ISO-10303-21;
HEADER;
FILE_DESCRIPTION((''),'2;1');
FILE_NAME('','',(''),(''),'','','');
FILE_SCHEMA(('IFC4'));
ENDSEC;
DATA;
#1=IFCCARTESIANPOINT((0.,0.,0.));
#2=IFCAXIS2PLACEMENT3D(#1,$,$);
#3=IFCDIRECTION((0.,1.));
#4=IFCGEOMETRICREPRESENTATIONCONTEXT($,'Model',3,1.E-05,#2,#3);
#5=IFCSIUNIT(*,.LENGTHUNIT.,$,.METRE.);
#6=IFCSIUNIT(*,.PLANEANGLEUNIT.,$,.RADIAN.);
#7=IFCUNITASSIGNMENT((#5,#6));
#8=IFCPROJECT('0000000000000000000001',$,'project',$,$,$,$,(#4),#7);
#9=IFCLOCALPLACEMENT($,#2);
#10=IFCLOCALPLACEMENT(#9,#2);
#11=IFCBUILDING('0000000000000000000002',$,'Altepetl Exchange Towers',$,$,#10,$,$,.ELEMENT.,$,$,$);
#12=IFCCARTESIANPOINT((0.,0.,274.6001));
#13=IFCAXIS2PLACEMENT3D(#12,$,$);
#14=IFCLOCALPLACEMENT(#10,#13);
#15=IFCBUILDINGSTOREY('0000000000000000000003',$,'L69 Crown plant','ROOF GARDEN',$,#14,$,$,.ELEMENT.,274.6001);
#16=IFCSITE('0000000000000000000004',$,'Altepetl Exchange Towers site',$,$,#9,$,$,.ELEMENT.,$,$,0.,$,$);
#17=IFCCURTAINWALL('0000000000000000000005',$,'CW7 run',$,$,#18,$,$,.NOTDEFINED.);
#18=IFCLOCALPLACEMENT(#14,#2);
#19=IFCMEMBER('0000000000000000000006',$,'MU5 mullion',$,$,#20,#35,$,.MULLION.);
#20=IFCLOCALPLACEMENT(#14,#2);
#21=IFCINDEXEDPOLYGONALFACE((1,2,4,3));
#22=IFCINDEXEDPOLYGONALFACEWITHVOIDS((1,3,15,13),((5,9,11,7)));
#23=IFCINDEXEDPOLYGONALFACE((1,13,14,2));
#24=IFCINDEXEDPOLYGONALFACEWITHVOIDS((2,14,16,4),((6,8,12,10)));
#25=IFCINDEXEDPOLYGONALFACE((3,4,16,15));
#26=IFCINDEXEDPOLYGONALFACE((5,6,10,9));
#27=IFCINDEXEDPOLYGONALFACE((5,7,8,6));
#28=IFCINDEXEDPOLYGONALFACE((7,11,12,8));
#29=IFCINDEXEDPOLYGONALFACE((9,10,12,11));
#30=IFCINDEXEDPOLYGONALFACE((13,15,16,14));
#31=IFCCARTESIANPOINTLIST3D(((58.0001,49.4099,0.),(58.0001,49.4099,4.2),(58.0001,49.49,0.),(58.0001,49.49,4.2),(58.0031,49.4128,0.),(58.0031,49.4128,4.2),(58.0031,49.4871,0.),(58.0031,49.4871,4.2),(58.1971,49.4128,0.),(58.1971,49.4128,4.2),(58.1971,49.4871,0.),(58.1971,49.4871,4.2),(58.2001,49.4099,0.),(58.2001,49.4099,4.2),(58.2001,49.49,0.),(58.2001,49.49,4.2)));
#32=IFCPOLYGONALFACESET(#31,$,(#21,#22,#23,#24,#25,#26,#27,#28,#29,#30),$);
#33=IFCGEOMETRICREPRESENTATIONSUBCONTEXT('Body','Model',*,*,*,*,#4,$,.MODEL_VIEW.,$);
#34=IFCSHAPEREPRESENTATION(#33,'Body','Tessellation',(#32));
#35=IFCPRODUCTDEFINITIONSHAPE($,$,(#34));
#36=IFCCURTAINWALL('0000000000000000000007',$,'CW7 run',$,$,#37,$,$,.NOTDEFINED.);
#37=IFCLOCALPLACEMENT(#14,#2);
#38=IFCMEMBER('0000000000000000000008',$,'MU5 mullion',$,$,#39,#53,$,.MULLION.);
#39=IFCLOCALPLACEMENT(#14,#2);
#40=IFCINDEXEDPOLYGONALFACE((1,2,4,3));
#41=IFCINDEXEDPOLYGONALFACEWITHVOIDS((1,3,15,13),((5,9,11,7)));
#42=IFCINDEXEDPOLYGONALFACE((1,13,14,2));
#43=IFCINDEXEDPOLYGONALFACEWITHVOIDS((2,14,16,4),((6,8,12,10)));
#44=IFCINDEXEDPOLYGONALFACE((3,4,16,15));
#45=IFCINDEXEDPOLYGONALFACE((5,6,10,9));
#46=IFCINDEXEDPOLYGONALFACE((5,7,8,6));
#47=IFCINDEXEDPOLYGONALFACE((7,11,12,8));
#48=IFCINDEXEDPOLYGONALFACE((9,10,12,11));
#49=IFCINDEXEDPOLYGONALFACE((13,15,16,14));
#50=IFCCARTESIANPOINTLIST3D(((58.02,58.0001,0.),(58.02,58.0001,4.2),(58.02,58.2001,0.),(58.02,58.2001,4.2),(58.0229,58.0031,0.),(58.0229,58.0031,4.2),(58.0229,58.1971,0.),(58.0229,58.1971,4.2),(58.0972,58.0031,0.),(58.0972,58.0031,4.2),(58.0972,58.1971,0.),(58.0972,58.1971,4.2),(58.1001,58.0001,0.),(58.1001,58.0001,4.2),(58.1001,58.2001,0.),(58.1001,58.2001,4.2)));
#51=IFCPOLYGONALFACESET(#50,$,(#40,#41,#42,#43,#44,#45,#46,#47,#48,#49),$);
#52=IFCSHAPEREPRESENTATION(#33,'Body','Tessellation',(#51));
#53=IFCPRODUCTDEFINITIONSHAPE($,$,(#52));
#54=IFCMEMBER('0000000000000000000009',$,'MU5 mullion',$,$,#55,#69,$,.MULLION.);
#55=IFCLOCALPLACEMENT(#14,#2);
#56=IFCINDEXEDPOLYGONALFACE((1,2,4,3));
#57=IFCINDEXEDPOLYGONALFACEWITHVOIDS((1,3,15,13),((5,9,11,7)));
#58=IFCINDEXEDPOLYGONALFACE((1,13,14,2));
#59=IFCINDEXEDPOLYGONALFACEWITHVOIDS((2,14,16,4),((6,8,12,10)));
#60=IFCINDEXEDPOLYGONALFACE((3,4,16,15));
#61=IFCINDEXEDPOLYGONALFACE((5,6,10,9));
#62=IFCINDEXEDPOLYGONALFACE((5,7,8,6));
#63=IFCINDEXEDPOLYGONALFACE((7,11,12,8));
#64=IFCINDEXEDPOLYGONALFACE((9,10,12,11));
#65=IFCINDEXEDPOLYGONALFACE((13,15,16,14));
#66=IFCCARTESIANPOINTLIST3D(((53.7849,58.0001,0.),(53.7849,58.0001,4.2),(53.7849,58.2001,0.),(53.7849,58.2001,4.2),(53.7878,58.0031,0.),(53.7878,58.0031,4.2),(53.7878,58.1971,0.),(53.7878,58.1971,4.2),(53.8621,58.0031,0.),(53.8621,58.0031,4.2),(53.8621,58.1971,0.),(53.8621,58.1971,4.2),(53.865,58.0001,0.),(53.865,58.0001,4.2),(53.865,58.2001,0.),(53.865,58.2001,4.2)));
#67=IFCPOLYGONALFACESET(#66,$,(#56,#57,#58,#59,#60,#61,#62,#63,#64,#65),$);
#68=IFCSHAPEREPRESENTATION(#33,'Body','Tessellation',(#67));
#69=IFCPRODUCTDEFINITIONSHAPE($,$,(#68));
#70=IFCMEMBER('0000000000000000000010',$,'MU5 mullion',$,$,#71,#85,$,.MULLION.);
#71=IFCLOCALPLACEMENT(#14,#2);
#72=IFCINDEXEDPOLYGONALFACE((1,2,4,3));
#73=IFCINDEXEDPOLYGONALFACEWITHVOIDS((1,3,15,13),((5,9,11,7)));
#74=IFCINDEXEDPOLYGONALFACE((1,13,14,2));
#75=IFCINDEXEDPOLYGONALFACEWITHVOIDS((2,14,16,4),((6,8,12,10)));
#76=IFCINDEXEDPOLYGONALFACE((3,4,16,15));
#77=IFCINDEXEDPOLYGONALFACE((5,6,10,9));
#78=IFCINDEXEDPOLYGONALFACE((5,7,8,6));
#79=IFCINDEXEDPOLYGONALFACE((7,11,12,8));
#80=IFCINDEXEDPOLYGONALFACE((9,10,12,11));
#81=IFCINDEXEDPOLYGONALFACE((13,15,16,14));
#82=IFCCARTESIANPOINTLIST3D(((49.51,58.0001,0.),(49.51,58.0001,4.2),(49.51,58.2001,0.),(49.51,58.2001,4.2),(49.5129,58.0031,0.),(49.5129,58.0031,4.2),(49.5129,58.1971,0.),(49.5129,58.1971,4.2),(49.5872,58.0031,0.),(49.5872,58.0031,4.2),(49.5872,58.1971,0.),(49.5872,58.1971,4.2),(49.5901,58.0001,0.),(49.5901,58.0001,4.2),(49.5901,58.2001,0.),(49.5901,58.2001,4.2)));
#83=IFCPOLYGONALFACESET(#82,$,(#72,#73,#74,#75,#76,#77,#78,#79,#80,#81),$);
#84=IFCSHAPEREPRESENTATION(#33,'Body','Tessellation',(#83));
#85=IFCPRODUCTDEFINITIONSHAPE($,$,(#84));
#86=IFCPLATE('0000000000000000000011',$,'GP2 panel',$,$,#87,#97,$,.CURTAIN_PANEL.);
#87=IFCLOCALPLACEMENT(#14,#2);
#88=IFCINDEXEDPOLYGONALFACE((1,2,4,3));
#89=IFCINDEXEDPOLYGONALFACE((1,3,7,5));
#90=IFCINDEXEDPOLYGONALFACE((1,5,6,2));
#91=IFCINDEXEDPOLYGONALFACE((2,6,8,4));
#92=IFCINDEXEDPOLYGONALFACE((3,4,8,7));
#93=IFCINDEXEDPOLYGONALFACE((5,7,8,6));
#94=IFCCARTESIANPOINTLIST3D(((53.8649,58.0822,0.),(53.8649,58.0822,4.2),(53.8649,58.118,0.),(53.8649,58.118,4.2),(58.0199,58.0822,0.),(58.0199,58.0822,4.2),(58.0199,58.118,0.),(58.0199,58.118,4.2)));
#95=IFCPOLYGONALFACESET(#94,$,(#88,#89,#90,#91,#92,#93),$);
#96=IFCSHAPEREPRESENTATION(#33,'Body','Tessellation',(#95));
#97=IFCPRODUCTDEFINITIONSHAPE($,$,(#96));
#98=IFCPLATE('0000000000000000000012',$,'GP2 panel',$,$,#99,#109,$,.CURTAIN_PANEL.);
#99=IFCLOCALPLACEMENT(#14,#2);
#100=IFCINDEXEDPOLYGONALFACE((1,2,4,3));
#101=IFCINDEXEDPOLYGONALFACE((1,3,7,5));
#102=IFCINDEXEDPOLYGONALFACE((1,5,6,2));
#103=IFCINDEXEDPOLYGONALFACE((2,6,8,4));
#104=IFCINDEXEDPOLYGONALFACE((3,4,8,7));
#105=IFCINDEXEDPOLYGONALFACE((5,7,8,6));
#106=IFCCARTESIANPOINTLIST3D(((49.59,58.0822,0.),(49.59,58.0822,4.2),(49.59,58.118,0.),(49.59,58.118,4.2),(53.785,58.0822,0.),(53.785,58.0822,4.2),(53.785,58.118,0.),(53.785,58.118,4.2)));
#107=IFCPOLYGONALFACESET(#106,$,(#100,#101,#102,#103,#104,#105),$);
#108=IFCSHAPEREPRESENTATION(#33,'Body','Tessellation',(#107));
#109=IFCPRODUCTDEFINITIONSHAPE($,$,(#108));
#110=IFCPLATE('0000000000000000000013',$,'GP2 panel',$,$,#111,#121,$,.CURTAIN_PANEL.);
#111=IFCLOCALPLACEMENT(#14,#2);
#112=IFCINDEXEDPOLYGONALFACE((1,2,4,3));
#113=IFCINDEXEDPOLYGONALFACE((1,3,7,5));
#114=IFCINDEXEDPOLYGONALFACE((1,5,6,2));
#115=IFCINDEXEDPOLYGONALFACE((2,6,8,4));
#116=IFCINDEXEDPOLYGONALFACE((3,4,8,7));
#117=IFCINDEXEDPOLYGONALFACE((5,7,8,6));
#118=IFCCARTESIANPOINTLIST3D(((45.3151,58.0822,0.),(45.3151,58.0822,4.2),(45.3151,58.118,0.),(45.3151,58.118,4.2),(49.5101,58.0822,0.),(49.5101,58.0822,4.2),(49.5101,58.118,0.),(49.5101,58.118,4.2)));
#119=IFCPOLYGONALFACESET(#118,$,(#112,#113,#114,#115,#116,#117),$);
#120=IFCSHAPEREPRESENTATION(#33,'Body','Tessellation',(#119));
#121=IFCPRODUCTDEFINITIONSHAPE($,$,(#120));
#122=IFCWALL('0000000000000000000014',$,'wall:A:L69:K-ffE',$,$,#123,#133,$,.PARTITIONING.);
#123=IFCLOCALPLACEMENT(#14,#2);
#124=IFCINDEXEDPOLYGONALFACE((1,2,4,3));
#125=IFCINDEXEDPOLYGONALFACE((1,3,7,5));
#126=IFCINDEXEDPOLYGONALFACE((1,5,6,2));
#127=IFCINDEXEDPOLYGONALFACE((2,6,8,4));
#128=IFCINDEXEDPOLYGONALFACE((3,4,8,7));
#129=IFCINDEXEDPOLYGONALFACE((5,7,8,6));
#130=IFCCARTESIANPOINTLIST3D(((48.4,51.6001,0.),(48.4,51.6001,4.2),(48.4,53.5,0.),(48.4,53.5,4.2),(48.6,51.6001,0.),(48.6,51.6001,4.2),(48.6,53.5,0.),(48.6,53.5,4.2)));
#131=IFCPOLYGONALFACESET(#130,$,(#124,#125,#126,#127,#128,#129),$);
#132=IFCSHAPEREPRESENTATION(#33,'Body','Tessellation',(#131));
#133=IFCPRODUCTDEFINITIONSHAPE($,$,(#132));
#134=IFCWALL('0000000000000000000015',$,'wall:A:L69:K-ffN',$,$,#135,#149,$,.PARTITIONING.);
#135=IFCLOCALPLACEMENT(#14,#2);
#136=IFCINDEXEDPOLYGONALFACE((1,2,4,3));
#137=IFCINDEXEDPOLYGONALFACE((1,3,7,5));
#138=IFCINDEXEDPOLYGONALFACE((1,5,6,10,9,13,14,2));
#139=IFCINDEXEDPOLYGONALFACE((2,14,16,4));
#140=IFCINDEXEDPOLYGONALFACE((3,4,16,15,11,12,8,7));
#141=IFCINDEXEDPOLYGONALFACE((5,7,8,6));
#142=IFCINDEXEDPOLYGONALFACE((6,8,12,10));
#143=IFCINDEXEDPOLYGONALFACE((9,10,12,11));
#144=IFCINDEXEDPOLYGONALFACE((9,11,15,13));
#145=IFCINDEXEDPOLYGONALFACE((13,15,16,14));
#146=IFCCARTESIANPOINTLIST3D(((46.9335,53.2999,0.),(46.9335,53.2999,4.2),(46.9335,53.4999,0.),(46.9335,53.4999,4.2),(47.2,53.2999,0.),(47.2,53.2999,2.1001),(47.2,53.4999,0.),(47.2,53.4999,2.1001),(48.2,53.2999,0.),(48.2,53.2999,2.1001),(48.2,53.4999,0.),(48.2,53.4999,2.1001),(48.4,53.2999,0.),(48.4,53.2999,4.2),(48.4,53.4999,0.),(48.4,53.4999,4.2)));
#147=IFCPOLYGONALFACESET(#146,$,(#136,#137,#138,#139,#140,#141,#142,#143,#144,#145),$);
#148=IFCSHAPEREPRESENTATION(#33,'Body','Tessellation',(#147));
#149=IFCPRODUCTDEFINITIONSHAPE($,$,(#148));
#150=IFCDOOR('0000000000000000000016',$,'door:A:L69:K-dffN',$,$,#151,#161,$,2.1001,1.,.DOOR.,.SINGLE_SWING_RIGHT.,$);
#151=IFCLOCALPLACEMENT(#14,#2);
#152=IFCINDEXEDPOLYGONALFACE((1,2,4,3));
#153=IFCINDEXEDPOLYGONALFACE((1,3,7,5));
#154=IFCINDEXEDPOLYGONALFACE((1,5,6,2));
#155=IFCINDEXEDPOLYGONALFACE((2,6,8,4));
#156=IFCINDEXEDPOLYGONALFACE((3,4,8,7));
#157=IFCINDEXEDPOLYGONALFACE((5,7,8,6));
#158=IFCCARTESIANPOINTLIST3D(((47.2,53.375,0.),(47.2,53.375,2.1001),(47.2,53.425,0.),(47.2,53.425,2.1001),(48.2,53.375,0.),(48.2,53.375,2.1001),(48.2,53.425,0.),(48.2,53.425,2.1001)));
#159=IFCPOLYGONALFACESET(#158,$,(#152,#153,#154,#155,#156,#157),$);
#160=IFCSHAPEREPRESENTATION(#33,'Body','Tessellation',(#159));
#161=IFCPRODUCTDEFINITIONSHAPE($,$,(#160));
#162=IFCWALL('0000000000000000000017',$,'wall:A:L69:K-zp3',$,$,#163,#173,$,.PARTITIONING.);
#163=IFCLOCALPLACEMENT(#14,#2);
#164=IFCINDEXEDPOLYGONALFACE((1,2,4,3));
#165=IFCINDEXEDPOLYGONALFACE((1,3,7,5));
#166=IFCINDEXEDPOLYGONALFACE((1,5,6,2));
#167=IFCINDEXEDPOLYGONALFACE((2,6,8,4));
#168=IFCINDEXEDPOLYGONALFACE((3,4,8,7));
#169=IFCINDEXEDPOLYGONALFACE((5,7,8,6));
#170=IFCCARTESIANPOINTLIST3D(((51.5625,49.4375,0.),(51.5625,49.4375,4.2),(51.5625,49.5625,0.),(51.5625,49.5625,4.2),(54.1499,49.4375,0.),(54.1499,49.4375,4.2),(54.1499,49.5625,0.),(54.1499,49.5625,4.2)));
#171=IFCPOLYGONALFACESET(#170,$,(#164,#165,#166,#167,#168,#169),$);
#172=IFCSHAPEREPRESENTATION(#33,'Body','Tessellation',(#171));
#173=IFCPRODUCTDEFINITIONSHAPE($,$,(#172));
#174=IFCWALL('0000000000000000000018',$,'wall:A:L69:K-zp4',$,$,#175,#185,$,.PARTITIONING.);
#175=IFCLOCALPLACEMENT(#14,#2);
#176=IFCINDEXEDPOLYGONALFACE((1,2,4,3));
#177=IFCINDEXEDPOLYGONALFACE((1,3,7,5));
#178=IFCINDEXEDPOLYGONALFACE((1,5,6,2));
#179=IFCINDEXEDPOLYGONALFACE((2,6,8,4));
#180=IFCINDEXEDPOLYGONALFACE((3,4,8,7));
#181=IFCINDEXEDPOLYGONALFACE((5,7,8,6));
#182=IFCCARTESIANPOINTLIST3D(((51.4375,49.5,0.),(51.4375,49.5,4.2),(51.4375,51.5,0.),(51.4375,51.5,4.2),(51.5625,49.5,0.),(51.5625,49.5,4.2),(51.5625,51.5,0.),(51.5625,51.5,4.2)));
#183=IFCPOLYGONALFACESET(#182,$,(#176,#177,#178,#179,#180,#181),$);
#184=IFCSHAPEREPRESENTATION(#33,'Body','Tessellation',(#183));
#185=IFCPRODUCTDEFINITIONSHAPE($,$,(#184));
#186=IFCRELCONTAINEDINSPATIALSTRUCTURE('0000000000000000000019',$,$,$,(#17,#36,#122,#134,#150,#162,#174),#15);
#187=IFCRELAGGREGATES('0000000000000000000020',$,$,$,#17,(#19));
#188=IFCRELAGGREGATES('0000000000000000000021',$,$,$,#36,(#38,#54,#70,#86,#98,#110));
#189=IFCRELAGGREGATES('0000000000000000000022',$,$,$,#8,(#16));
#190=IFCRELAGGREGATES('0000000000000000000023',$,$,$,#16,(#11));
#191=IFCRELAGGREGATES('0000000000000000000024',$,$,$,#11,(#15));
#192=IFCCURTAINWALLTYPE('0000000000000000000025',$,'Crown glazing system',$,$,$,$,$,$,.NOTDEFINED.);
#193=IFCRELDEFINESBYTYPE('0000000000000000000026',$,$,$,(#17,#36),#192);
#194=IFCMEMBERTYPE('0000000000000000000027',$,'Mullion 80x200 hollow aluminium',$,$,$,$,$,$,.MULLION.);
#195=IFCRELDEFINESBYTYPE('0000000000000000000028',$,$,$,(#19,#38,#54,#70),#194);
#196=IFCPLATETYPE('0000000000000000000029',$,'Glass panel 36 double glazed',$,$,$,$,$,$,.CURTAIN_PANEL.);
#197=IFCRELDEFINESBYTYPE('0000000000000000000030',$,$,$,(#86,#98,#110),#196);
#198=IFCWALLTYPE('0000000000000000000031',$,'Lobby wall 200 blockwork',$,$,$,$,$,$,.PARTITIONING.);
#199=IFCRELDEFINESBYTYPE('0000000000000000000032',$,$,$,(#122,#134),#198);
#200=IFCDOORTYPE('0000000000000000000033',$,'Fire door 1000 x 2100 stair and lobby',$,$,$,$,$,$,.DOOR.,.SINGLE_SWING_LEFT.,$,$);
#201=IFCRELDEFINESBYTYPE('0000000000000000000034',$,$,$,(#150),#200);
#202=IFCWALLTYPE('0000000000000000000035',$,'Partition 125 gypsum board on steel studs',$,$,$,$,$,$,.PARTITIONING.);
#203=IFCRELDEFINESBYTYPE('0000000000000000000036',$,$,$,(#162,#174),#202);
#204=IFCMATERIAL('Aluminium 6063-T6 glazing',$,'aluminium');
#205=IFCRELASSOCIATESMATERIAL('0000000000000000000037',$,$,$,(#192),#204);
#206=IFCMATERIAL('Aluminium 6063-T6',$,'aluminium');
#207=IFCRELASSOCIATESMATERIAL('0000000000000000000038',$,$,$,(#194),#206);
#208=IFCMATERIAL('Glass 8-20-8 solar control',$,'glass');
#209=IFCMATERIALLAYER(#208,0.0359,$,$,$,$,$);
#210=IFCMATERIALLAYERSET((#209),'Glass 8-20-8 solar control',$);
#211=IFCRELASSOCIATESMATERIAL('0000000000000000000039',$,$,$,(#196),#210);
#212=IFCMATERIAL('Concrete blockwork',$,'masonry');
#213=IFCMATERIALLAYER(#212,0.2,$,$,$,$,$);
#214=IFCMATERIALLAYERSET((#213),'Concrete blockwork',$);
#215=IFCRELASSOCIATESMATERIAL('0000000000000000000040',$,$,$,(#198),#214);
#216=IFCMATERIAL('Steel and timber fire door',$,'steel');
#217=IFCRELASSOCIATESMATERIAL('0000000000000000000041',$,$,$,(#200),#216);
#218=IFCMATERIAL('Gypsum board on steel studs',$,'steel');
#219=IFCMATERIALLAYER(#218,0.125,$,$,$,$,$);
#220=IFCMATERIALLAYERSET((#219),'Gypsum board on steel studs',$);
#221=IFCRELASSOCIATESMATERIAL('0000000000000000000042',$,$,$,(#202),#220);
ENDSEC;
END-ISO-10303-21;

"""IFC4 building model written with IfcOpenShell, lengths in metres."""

from ifc_helpers import new_model, si_unit, direction, frame, frame_2d, origin, origin_2d, place, context, subcontext, project, spatial, rectangle, hollow_rectangle, extrude, material, layer, layer_set, material_profile, profile_set, type_object, element, fill, aggregate, save


model = new_model("IFC4")

# Units and contexts
model_context = context("Model", 3, precision=1e-05, world=origin(), true_north=direction((0.0, 1.0)))
body_context = subcontext(model_context, "Body", "Model", "MODEL_VIEW")
ifc_project = project(units=[si_unit("LENGTHUNIT", "METRE"), si_unit("PLANEANGLEUNIT", "RADIAN")], contexts=[model_context])

# Site, building, storey
site_placement = place(None, origin())
site = spatial("IfcSite", under=ifc_project, at=site_placement, Name="Altepetl Exchange Towers site", CompositionType="ELEMENT", RefElevation=0.0)
building_placement = place(site_placement, origin())
building = spatial("IfcBuilding", under=site, at=building_placement, Name="Altepetl Exchange Towers", CompositionType="ELEMENT")
storey_placement = place(building_placement, frame((0.0, 0.0, 274.6001)))
storey = spatial("IfcBuildingStorey", under=building, at=storey_placement, Name="L69 Crown plant", Description="ROOF GARDEN", CompositionType="ELEMENT", Elevation=274.6001)

# Curtain wall, member
ifc_material_1 = material(Name="Aluminium 6063-T6 glazing", Category="aluminium")
curtain_wall_type = type_object("IfcCurtainWallType", Name="Crown glazing system", PredefinedType="NOTDEFINED", material=ifc_material_1)
curtain_wall_1_placement = place(storey_placement, origin())
curtain_wall_1 = element("IfcCurtainWall", 1, at=curtain_wall_1_placement, inside=storey, type_object=curtain_wall_type, Name="CW7 run", PredefinedType="NOTDEFINED")
ifc_material_2 = material(Name="Aluminium 6063-T6", Category="aluminium")
ifc_material_profile = material_profile(ifc_material_2, hollow_rectangle(XDim=0.0801, YDim=0.2, WallThickness=0.0029, at=origin_2d()), Name="Mullion 80x200 hollow aluminium")
ifc_profile_set = profile_set([ifc_material_profile], Name="Aluminium 6063-T6")
member_type = type_object("IfcMemberType", Name="Mullion 80x200 hollow aluminium", PredefinedType="MULLION", material=ifc_profile_set)
member_1_placement = place(storey_placement, frame((58.1001, 49.45, 0.0), z_axis=(0.0, 0.0, 1.0), x_axis=(0.0, 1.0, 0.0)))
member_1 = element("IfcMember", 2, at=member_1_placement, type_object=member_type, Name="MU5 mullion", PredefinedType="MULLION", context=body_context, shape_type="SweptSolid", body=[
    extrude(hollow_rectangle(XDim=0.0801, YDim=0.2, WallThickness=0.0029, at=origin_2d()), origin(), (0.0, 0.0, 1.0), 4.2),
])
aggregate(curtain_wall_1, [member_1])

# Curtain wall, members, plates
curtain_wall_2_placement = place(storey_placement, origin())
curtain_wall_2 = element("IfcCurtainWall", 3, at=curtain_wall_2_placement, inside=storey, type_object=curtain_wall_type, Name="CW7 run", PredefinedType="NOTDEFINED")
member_2_placement = place(storey_placement, frame((58.0601, 58.1001, 0.0), z_axis=(0.0, 0.0, 1.0), x_axis=(-1.0, 0.0, 0.0)))
member_2 = element("IfcMember", 4, at=member_2_placement, type_object=member_type, Name="MU5 mullion", PredefinedType="MULLION", context=body_context, shape_type="SweptSolid", body=[
    extrude(hollow_rectangle(XDim=0.0801, YDim=0.2, WallThickness=0.0029, at=origin_2d()), origin(), (0.0, 0.0, 1.0), 4.2),
])
member_3_placement = place(storey_placement, frame((53.825, 58.1001, 0.0), z_axis=(0.0, 0.0, 1.0), x_axis=(-1.0, 0.0, 0.0)))
member_3 = element("IfcMember", 5, at=member_3_placement, type_object=member_type, Name="MU5 mullion", PredefinedType="MULLION", context=body_context, shape_type="SweptSolid", body=[
    extrude(hollow_rectangle(XDim=0.0801, YDim=0.2, WallThickness=0.0029, at=origin_2d()), origin(), (0.0, 0.0, 1.0), 4.2),
])
member_4_placement = place(storey_placement, frame((49.55, 58.1001, 0.0), z_axis=(0.0, 0.0, 1.0), x_axis=(-1.0, 0.0, 0.0)))
member_4 = element("IfcMember", 6, at=member_4_placement, type_object=member_type, Name="MU5 mullion", PredefinedType="MULLION", context=body_context, shape_type="SweptSolid", body=[
    extrude(hollow_rectangle(XDim=0.0801, YDim=0.2, WallThickness=0.0029, at=origin_2d()), origin(), (0.0, 0.0, 1.0), 4.2),
])
ifc_material_3 = material(Name="Glass 8-20-8 solar control", Category="glass")
ifc_layer_1 = layer(ifc_material_3, 0.0359)
ifc_layer_set_1 = layer_set([ifc_layer_1], Name="Glass 8-20-8 solar control")
plate_type = type_object("IfcPlateType", Name="Glass panel 36 double glazed", PredefinedType="CURTAIN_PANEL", material=ifc_layer_set_1)
plate_1_placement = place(storey_placement, frame((55.9424, 58.1001, 0.0), z_axis=(0.0, 0.0, 1.0), x_axis=(-1.0, 0.0, 0.0)))
plate_1 = element("IfcPlate", 7, at=plate_1_placement, type_object=plate_type, Name="GP2 panel", PredefinedType="CURTAIN_PANEL", context=body_context, shape_type="SweptSolid", body=[
    extrude(rectangle(XDim=4.155, YDim=0.0359, at=origin_2d()), origin(), (0.0, 0.0, 1.0), 4.2),
])
plate_2_placement = place(storey_placement, frame((51.6875, 58.1001, 0.0), z_axis=(0.0, 0.0, 1.0), x_axis=(-1.0, 0.0, 0.0)))
plate_2 = element("IfcPlate", 8, at=plate_2_placement, type_object=plate_type, Name="GP2 panel", PredefinedType="CURTAIN_PANEL", context=body_context, shape_type="SweptSolid", body=[
    extrude(rectangle(XDim=4.1951, YDim=0.0359, at=origin_2d()), origin(), (0.0, 0.0, 1.0), 4.2),
])
plate_3_placement = place(storey_placement, frame((47.4126, 58.1001, 0.0), z_axis=(0.0, 0.0, 1.0), x_axis=(-1.0, 0.0, 0.0)))
plate_3 = element("IfcPlate", 9, at=plate_3_placement, type_object=plate_type, Name="GP2 panel", PredefinedType="CURTAIN_PANEL", context=body_context, shape_type="SweptSolid", body=[
    extrude(rectangle(XDim=4.1951, YDim=0.0359, at=origin_2d()), origin(), (0.0, 0.0, 1.0), 4.2),
])
aggregate(curtain_wall_2, [member_2, member_3, member_4, plate_1, plate_2, plate_3])

# Wall
ifc_material_4 = material(Name="Concrete blockwork", Category="masonry")
ifc_layer_2 = layer(ifc_material_4, 0.2)
ifc_layer_set_2 = layer_set([ifc_layer_2], Name="Concrete blockwork")
wall_type_1 = type_object("IfcWallType", Name="Lobby wall 200 blockwork", PredefinedType="PARTITIONING", material=ifc_layer_set_2)
wall_1_placement = place(storey_placement, frame((48.5, 51.6001, 0.0), z_axis=(0.0, 0.0, 1.0), x_axis=(0.0, 1.0, 0.0)))
element("IfcWall", 10, at=wall_1_placement, inside=storey, type_object=wall_type_1, Name="wall:A:L69:K-ffE", PredefinedType="PARTITIONING", context=body_context, shape_type="SweptSolid", body=[
    extrude(rectangle(XDim=1.8999, YDim=0.2, at=frame_2d((0.95, 0.0))), origin(), (0.0, 0.0, 1.0), 4.2),
])

# Wall, opening, door
wall_2_placement = place(storey_placement, frame((46.9333, 53.3999, 0.0)))
wall_2 = element("IfcWall", 11, at=wall_2_placement, inside=storey, type_object=wall_type_1, Name="wall:A:L69:K-ffN", PredefinedType="PARTITIONING", context=body_context, shape_type="SweptSolid", body=[
    extrude(rectangle(XDim=1.4666, YDim=0.2, at=frame_2d((0.7334, 0.0))), origin(), (0.0, 0.0, 1.0), 4.2),
])
opening_1_placement = place(wall_2_placement, frame((0.2666, 0.0, 0.0)))
opening_1 = element("IfcOpeningElement", 12, at=opening_1_placement, cuts=wall_2, PredefinedType="OPENING", context=body_context, shape_type="SweptSolid", body=[
    extrude(rectangle(XDim=1.0, YDim=2.1001, at=frame_2d((0.5, 1.05))), frame((0.0, 0.1099, 0.0), z_axis=(0.0, -1.0, 0.0), x_axis=(1.0, 0.0, 0.0)), (0.0, 0.0, 1.0), 0.22),
])
ifc_material_5 = material(Name="Steel and timber fire door", Category="steel")
door_type_1 = type_object("IfcDoorType", Name="Fire door 1000 x 2100 stair and lobby", OperationType="SINGLE_SWING_LEFT", PredefinedType="DOOR", material=ifc_material_5)
door_1_placement = place(opening_1_placement, frame((1.0, 0.0, 0.0), x_axis=(-1.0, 0.0, 0.0)))
door_1 = element("IfcDoor", 13, at=door_1_placement, inside=storey, type_object=door_type_1, Name="door:A:L69:K-dffN", OperationType="SINGLE_SWING_RIGHT", OverallHeight=2.1001, OverallWidth=1.0, PredefinedType="DOOR", context=body_context, shape_type="SweptSolid", body=[
    extrude(rectangle(XDim=1.0, YDim=2.1001, at=frame_2d((0.5, 1.05))), frame((0.0, 0.0249, 0.0), z_axis=(0.0, -1.0, 0.0), x_axis=(1.0, 0.0, 0.0)), (0.0, 0.0, 1.0), 0.05),
])
fill(opening_1, door_1)

# Walls
ifc_material_6 = material(Name="Gypsum board on steel studs", Category="steel")
ifc_layer_3 = layer(ifc_material_6, 0.125)
ifc_layer_set_3 = layer_set([ifc_layer_3], Name="Gypsum board on steel studs")
wall_type_2 = type_object("IfcWallType", Name="Partition 125 gypsum board on steel studs", PredefinedType="PARTITIONING", material=ifc_layer_set_3)
wall_3_placement = place(storey_placement, frame((51.5625, 49.5, 0.0)))
element("IfcWall", 14, at=wall_3_placement, inside=storey, type_object=wall_type_2, Name="wall:A:L69:K-zp3", PredefinedType="PARTITIONING", context=body_context, shape_type="SweptSolid", body=[
    extrude(rectangle(XDim=2.5874, YDim=0.125, at=frame_2d((1.2937, 0.0))), origin(), (0.0, 0.0, 1.0), 4.2),
])
wall_4_placement = place(storey_placement, frame((51.5, 49.5, 0.0), z_axis=(0.0, 0.0, 1.0), x_axis=(0.0, 1.0, 0.0)))
element("IfcWall", 15, at=wall_4_placement, inside=storey, type_object=wall_type_2, Name="wall:A:L69:K-zp4", PredefinedType="PARTITIONING", context=body_context, shape_type="SweptSolid", body=[
    extrude(rectangle(XDim=2.0, YDim=0.125, at=frame_2d((1.0, 0.0))), origin(), (0.0, 0.0, 1.0), 4.2),
])

save(model, "model.ifc")
